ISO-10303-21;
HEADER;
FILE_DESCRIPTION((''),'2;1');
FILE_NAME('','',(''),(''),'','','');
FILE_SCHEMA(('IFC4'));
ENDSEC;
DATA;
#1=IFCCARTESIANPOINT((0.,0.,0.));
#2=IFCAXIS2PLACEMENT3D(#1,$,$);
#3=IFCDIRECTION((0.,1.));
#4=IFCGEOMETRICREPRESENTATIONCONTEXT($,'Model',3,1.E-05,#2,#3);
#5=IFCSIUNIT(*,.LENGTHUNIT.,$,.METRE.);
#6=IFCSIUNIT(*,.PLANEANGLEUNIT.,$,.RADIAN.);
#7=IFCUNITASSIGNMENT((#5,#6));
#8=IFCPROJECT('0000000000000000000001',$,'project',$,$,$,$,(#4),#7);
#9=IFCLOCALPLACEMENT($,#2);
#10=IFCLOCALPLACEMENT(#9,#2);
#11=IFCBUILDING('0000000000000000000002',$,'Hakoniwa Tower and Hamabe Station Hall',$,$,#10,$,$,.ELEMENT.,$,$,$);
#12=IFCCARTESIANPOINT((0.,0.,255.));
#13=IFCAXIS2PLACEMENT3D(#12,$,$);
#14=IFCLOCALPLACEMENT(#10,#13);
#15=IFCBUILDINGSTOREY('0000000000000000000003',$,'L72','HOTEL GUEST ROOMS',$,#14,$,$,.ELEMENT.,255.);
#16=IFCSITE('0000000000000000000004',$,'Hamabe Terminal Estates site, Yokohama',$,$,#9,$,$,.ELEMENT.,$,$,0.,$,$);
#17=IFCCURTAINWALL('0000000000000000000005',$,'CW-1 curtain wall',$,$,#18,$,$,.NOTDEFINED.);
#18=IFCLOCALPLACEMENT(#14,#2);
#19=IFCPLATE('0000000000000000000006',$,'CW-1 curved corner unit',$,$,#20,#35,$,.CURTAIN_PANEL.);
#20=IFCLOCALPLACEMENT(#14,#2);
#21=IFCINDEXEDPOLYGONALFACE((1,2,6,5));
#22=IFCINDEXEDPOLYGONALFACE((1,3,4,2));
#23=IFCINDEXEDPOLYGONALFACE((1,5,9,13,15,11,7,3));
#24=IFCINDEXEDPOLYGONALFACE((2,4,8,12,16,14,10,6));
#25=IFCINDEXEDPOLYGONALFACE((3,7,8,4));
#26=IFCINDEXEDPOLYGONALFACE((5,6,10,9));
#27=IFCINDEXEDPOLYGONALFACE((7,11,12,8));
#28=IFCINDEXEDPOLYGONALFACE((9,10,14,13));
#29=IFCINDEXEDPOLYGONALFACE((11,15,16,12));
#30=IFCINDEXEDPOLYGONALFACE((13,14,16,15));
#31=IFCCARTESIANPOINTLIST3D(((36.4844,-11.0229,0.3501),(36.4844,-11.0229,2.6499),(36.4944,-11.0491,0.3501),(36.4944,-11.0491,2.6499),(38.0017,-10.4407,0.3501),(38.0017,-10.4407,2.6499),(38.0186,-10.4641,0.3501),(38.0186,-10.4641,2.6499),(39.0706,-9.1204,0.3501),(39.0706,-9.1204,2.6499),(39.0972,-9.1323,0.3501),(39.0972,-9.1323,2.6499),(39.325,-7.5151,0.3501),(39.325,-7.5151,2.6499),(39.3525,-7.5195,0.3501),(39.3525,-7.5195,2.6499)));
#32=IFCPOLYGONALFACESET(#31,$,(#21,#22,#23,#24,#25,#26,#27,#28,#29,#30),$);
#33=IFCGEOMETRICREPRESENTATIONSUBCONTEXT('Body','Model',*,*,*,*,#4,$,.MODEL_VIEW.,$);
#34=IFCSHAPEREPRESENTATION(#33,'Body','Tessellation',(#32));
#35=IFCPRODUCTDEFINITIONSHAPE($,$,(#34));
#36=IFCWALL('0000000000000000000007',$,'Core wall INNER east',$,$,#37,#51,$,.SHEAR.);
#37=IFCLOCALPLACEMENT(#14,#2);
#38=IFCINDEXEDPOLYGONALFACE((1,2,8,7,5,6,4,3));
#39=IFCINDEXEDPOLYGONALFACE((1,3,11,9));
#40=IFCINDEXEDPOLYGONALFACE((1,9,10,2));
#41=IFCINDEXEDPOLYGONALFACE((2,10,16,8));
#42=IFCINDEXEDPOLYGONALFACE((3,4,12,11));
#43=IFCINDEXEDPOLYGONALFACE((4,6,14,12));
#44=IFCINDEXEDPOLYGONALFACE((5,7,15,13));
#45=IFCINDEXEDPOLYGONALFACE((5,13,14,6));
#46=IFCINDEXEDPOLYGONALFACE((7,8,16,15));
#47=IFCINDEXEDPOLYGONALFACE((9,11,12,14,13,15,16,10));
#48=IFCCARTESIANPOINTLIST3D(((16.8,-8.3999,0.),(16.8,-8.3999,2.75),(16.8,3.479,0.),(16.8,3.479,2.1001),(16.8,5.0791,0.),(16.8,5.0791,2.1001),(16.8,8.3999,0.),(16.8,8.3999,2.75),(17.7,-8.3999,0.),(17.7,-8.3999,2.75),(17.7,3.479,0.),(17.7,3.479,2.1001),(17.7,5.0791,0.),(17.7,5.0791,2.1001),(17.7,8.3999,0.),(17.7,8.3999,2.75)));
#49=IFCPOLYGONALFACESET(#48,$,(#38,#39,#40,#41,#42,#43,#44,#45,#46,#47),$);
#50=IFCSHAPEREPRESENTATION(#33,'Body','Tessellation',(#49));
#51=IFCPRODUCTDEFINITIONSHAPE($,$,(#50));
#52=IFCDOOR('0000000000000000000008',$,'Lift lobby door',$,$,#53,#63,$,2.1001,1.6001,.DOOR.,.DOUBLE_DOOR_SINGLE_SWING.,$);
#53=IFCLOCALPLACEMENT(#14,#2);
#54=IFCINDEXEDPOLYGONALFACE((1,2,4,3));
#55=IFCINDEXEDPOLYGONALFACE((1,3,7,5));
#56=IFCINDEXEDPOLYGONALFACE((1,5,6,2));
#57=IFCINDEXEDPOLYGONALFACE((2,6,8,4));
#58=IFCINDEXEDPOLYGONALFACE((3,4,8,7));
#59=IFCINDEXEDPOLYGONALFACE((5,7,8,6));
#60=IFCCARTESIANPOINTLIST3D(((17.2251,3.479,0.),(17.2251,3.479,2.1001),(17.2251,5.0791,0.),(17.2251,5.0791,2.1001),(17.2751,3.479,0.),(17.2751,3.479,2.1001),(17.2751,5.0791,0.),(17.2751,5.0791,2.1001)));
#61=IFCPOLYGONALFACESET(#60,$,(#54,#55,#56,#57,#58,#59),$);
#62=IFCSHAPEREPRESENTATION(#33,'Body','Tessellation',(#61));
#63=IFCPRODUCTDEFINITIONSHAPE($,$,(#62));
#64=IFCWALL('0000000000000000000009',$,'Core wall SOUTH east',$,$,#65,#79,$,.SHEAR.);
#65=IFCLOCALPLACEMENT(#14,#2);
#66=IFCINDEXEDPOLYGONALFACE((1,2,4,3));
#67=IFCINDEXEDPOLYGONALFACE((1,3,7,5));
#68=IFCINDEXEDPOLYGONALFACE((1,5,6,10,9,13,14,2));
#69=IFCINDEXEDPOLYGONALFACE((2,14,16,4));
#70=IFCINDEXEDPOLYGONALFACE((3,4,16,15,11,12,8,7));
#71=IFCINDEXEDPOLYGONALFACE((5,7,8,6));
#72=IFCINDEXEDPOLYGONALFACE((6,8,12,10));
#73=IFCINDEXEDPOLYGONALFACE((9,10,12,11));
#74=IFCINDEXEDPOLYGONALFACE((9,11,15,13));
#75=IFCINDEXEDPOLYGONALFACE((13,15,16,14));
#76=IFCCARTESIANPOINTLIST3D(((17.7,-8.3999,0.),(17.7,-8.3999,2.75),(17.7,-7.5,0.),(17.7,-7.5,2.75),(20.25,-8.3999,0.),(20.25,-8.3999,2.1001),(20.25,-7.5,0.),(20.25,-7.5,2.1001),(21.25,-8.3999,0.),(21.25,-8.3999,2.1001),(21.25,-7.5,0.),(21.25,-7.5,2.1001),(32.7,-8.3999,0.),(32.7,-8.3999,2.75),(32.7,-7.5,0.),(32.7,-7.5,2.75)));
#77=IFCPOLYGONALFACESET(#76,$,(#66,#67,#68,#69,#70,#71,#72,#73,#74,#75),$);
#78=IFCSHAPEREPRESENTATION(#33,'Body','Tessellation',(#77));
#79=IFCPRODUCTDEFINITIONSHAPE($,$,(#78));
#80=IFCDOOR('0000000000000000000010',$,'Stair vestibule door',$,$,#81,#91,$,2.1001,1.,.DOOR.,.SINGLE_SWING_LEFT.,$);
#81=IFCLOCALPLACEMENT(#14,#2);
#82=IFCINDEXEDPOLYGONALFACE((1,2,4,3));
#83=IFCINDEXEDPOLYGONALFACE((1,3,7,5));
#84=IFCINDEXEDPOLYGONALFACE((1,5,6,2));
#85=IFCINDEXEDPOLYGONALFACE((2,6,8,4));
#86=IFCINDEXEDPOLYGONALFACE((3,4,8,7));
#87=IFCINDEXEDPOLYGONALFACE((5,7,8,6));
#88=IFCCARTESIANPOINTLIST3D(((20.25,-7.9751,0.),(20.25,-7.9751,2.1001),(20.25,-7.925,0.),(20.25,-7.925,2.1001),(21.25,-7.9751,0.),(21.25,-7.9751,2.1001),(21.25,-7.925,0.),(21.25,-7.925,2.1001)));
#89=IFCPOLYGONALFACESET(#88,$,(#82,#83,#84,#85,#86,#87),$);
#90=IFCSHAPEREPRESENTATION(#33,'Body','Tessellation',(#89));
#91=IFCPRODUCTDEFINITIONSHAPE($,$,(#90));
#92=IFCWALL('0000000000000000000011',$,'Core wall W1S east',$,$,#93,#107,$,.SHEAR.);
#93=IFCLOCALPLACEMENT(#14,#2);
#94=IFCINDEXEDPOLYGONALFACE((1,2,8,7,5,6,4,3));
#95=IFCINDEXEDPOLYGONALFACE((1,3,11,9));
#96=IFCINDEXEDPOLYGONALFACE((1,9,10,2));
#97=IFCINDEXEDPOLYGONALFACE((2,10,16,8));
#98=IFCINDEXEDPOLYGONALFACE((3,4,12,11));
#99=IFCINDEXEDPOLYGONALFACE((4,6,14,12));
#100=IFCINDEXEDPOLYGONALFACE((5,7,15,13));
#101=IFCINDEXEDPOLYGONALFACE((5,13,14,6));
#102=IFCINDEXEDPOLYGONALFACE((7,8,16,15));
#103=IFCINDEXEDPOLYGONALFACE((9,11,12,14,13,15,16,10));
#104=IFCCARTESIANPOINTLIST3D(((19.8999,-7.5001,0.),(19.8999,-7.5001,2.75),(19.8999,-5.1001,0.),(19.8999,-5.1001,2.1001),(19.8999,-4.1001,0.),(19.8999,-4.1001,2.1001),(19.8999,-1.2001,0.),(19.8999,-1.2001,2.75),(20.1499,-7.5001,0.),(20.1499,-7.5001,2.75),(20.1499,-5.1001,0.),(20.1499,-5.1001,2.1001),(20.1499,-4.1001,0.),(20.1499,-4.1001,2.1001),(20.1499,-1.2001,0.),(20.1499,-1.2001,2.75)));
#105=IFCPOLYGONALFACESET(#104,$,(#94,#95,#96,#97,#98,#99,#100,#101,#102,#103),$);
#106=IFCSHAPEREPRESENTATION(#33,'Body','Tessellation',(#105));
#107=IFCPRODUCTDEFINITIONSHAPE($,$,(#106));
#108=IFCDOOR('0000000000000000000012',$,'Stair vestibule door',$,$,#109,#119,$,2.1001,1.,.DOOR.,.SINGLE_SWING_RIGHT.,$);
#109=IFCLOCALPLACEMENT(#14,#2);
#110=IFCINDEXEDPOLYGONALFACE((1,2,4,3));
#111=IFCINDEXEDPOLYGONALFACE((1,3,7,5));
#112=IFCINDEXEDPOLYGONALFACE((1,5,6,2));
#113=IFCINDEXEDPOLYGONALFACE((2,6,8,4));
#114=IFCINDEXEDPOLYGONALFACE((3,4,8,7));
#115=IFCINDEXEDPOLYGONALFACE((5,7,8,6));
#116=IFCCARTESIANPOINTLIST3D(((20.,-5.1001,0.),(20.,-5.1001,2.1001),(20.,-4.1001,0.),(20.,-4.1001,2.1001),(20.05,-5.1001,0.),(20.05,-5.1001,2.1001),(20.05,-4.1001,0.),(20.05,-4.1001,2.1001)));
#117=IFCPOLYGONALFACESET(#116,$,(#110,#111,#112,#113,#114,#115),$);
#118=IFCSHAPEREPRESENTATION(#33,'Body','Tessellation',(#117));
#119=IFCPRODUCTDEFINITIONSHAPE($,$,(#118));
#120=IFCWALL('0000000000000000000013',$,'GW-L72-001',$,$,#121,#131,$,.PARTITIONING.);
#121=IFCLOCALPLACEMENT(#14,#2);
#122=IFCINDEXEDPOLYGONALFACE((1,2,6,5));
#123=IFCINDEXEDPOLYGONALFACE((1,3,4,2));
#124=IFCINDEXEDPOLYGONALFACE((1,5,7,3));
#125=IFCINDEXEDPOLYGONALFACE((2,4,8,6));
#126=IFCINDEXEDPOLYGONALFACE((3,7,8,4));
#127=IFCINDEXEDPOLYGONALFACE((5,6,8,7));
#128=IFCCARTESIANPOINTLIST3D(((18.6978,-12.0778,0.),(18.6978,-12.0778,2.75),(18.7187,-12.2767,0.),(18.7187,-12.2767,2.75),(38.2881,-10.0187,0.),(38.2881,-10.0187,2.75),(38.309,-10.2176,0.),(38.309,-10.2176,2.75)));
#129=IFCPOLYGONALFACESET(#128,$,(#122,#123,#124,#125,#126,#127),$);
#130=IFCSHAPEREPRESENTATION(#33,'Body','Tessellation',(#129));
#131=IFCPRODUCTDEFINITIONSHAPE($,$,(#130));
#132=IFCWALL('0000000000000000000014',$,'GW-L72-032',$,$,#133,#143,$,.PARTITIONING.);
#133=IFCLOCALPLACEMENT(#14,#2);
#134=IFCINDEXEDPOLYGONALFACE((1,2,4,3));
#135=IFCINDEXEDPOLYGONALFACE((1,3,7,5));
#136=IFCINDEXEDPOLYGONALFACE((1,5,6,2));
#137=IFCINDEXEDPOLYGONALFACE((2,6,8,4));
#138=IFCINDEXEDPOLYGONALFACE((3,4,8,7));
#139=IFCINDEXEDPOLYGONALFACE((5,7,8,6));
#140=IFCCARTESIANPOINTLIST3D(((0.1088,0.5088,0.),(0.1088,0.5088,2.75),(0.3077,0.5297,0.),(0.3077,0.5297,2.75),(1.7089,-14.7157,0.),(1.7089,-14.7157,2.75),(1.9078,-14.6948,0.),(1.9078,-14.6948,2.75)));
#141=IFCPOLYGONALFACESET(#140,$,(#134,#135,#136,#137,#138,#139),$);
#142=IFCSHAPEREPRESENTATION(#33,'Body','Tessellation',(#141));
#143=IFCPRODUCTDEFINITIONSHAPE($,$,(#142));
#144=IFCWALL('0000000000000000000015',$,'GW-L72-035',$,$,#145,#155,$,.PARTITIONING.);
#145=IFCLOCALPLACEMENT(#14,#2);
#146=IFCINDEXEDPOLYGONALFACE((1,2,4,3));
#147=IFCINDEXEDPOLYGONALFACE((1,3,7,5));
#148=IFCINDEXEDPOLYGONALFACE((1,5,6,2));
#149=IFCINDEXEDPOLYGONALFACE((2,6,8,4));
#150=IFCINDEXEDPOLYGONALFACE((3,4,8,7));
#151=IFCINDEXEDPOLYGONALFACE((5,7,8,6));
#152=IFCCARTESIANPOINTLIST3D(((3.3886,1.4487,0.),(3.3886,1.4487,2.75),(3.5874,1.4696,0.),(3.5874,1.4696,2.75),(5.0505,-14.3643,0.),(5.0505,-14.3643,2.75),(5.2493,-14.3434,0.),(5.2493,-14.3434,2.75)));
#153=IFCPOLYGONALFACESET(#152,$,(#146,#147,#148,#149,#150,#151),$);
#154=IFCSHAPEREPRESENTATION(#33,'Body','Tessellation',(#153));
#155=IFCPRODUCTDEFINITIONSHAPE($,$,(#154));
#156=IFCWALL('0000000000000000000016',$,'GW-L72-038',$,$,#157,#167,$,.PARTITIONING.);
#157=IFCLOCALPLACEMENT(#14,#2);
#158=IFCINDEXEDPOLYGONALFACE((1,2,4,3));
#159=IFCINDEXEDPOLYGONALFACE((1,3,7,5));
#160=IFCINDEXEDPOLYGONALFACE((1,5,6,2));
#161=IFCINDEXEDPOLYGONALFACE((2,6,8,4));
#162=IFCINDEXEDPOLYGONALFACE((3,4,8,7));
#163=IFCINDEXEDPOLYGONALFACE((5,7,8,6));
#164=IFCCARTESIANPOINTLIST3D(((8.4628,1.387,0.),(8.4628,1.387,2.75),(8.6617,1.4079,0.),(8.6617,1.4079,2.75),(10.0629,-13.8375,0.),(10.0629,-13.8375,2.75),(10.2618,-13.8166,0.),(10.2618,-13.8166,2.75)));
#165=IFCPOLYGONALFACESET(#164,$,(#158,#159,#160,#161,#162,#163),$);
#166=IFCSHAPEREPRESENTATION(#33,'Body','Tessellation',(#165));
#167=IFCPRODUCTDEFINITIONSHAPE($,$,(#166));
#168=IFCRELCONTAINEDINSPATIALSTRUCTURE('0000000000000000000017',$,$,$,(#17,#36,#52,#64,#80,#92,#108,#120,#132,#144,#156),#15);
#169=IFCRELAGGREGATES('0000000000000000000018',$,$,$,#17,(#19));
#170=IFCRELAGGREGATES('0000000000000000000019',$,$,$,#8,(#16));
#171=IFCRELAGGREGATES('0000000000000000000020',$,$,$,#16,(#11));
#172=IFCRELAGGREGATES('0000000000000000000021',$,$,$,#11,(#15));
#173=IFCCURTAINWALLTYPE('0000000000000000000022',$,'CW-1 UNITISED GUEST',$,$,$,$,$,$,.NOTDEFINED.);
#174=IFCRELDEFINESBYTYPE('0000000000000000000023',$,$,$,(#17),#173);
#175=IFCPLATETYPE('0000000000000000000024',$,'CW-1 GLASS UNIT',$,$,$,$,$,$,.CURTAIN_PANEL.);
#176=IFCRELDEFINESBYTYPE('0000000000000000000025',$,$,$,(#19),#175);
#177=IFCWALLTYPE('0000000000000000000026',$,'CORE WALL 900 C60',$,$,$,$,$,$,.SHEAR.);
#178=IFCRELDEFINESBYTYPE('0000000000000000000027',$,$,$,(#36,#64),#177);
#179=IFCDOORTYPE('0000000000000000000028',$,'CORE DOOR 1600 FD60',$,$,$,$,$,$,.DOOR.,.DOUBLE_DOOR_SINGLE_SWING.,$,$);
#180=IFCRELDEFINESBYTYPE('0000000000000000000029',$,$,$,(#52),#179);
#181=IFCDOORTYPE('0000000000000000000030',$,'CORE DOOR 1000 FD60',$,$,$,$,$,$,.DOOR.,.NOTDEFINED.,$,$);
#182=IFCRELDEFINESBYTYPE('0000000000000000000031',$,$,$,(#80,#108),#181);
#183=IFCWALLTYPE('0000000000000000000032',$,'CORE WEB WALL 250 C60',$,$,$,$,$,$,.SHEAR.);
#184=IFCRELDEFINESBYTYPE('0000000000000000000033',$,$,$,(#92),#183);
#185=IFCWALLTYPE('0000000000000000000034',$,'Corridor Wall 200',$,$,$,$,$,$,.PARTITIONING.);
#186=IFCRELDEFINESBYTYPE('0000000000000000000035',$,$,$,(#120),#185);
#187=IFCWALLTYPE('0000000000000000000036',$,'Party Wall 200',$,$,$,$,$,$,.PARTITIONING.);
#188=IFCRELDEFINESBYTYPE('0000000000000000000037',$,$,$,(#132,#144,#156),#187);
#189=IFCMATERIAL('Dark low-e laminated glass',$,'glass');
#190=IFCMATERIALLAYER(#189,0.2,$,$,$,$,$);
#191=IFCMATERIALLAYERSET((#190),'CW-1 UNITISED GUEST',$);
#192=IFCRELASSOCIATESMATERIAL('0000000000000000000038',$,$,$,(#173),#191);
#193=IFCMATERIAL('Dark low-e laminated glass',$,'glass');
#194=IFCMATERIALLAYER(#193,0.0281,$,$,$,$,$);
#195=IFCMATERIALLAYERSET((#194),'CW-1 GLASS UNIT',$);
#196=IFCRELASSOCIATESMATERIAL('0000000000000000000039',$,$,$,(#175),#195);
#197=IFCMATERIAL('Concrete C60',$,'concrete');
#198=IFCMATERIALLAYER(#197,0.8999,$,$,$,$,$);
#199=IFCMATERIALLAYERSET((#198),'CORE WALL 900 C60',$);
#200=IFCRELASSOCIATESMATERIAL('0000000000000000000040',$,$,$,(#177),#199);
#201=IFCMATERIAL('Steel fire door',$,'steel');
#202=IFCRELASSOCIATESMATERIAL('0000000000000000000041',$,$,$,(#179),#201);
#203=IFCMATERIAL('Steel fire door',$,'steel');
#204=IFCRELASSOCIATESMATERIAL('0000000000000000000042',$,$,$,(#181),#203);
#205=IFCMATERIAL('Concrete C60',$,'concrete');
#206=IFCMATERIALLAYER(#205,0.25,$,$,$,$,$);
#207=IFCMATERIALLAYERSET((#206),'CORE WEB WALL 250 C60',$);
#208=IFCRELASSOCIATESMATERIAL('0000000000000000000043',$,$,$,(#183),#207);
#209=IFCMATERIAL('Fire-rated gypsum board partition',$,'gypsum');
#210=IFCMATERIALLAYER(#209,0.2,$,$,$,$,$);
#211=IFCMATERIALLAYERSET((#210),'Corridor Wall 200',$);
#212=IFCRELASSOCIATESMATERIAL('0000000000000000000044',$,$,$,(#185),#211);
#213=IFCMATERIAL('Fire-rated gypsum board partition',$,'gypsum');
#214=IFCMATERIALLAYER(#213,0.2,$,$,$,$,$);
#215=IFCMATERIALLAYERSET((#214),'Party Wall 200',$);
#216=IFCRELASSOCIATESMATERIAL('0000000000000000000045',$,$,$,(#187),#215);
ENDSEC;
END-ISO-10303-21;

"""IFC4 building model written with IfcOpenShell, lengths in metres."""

from ifc_helpers import new_model, si_unit, direction, frame, frame_2d, origin, place, context, subcontext, project, spatial, polyline, rectangle, outline, extrude, material, layer, layer_set, type_object, element, fill, aggregate, save


model = new_model("IFC4")

# Units and contexts
model_context = context("Model", 3, precision=1e-05, world=origin(), true_north=direction((0.0, 1.0)))
body_context = subcontext(model_context, "Body", "Model", "MODEL_VIEW")
ifc_project = project(units=[si_unit("LENGTHUNIT", "METRE"), si_unit("PLANEANGLEUNIT", "RADIAN")], contexts=[model_context])

# Site, building, storey
site_placement = place(None, origin())
site = spatial("IfcSite", under=ifc_project, at=site_placement, Name="Hamabe Terminal Estates site, Yokohama", CompositionType="ELEMENT", RefElevation=0.0)
building_placement = place(site_placement, origin())
building = spatial("IfcBuilding", under=site, at=building_placement, Name="Hakoniwa Tower and Hamabe Station Hall", CompositionType="ELEMENT")
storey_placement = place(building_placement, frame((0.0, 0.0, 255.0)))
storey = spatial("IfcBuildingStorey", under=building, at=storey_placement, Name="L72", Description="HOTEL GUEST ROOMS", CompositionType="ELEMENT", Elevation=255.0)

# Curtain wall
ifc_material_1 = material(Name="Dark low-e laminated glass", Category="glass")
ifc_layer_1 = layer(ifc_material_1, 0.2)
ifc_layer_set_1 = layer_set([ifc_layer_1], Name="CW-1 UNITISED GUEST")
curtain_wall_type = type_object("IfcCurtainWallType", Name="CW-1 UNITISED GUEST", PredefinedType="NOTDEFINED", material=ifc_layer_set_1)
curtain_wall_1_placement = place(storey_placement, origin())
curtain_wall_1 = element("IfcCurtainWall", 1, at=curtain_wall_1_placement, inside=storey, type_object=curtain_wall_type, Name="CW-1 curtain wall", PredefinedType="NOTDEFINED")

# Plate
ifc_material_2 = material(Name="Dark low-e laminated glass", Category="glass")
ifc_layer_2 = layer(ifc_material_2, 0.0281)
ifc_layer_set_2 = layer_set([ifc_layer_2], Name="CW-1 GLASS UNIT")
plate_type = type_object("IfcPlateType", Name="CW-1 GLASS UNIT", PredefinedType="CURTAIN_PANEL", material=ifc_layer_set_2)
plate_1_placement = place(storey_placement, frame((0.0, 0.0, 0.3501)))
plate_1 = element("IfcPlate", 2, at=plate_1_placement, type_object=plate_type, Name="CW-1 curved corner unit", PredefinedType="CURTAIN_PANEL", context=body_context, shape_type="SweptSolid", body=[
    extrude(outline(polyline([(36.4944, -11.0491), (38.0186, -10.4641), (39.0972, -9.1323), (39.3525, -7.5195), (39.325, -7.5151), (39.0706, -9.1204), (38.0017, -10.4407), (36.4844, -11.0229), (36.4944, -11.0491)])), origin(), (0.0, 0.0, 1.0), 2.2998),
])
aggregate(curtain_wall_1, [plate_1])

# Walls, openings, doors
ifc_material_3 = material(Name="Concrete C60", Category="concrete")
ifc_layer_3 = layer(ifc_material_3, 0.8999)
ifc_layer_set_3 = layer_set([ifc_layer_3], Name="CORE WALL 900 C60")
wall_type_1 = type_object("IfcWallType", Name="CORE WALL 900 C60", PredefinedType="SHEAR", material=ifc_layer_set_3)
wall_1_placement = place(storey_placement, frame((17.25, -8.3999, 0.0), z_axis=(0.0, 0.0, 1.0), x_axis=(0.0, 1.0, 0.0)))
wall_1 = element("IfcWall", 3, at=wall_1_placement, inside=storey, type_object=wall_type_1, Name="Core wall INNER east", PredefinedType="SHEAR", context=body_context, shape_type="SweptSolid", body=[
    extrude(rectangle(XDim=16.7998, YDim=0.8999, at=frame_2d((8.3999, 0.0))), origin(), (0.0, 0.0, 1.0), 2.75),
])
opening_1_placement = place(wall_1_placement, frame((11.8789, 0.0, 0.0)))
opening_1 = element("IfcOpeningElement", 4, at=opening_1_placement, cuts=wall_1, PredefinedType="OPENING", context=body_context, shape_type="SweptSolid", body=[
    extrude(rectangle(XDim=1.6001, YDim=2.1001, at=frame_2d((0.8, 1.05))), frame((0.0, 0.46, 0.0), z_axis=(0.0, -1.0, 0.0), x_axis=(1.0, 0.0, 0.0)), (0.0, 0.0, 1.0), 0.9199),
])
ifc_material_4 = material(Name="Steel fire door", Category="steel")
door_type_1 = type_object("IfcDoorType", Name="CORE DOOR 1600 FD60", OperationType="DOUBLE_DOOR_SINGLE_SWING", PredefinedType="DOOR", material=ifc_material_4)
door_1_placement = place(opening_1_placement, origin())
door_1 = element("IfcDoor", 5, at=door_1_placement, inside=storey, type_object=door_type_1, Name="Lift lobby door", OperationType="DOUBLE_DOOR_SINGLE_SWING", OverallHeight=2.1001, OverallWidth=1.6001, PredefinedType="DOOR", context=body_context, shape_type="SweptSolid", body=[
    extrude(rectangle(XDim=1.6001, YDim=2.1001, at=frame_2d((0.8, 1.05))), frame((0.0, 0.0249, 0.0), z_axis=(0.0, -1.0, 0.0), x_axis=(1.0, 0.0, 0.0)), (0.0, 0.0, 1.0), 0.05),
])
fill(opening_1, door_1)
wall_2_placement = place(storey_placement, frame((17.7, -7.95, 0.0), z_axis=(0.0, 0.0, 1.0), x_axis=(1.0, 0.0, 0.0)))
wall_2 = element("IfcWall", 6, at=wall_2_placement, inside=storey, type_object=wall_type_1, Name="Core wall SOUTH east", PredefinedType="SHEAR", context=body_context, shape_type="SweptSolid", body=[
    extrude(rectangle(XDim=15.0, YDim=0.8999, at=frame_2d((7.5, 0.0))), origin(), (0.0, 0.0, 1.0), 2.75),
])
opening_2_placement = place(wall_2_placement, frame((2.55, 0.0, 0.0)))
opening_2 = element("IfcOpeningElement", 7, at=opening_2_placement, cuts=wall_2, PredefinedType="OPENING", context=body_context, shape_type="SweptSolid", body=[
    extrude(rectangle(XDim=1.0, YDim=2.1001, at=frame_2d((0.5, 1.05))), frame((0.0, 0.46, 0.0), z_axis=(0.0, -1.0, 0.0), x_axis=(1.0, 0.0, 0.0)), (0.0, 0.0, 1.0), 0.9199),
])
ifc_material_5 = material(Name="Steel fire door", Category="steel")
door_type_2 = type_object("IfcDoorType", Name="CORE DOOR 1000 FD60", OperationType="NOTDEFINED", PredefinedType="DOOR", material=ifc_material_5)
door_2_placement = place(opening_2_placement, origin())
door_2 = element("IfcDoor", 8, at=door_2_placement, inside=storey, type_object=door_type_2, Name="Stair vestibule door", OperationType="SINGLE_SWING_LEFT", OverallHeight=2.1001, OverallWidth=1.0, PredefinedType="DOOR", context=body_context, shape_type="SweptSolid", body=[
    extrude(rectangle(XDim=1.0, YDim=2.1001, at=frame_2d((0.5, 1.05))), frame((0.0, 0.0249, 0.0), z_axis=(0.0, -1.0, 0.0), x_axis=(1.0, 0.0, 0.0)), (0.0, 0.0, 1.0), 0.05),
])
fill(opening_2, door_2)
ifc_material_6 = material(Name="Concrete C60", Category="concrete")
ifc_layer_4 = layer(ifc_material_6, 0.25)
ifc_layer_set_4 = layer_set([ifc_layer_4], Name="CORE WEB WALL 250 C60")
wall_type_2 = type_object("IfcWallType", Name="CORE WEB WALL 250 C60", PredefinedType="SHEAR", material=ifc_layer_set_4)
wall_3_placement = place(storey_placement, frame((20.0249, -7.5, 0.0), z_axis=(0.0, 0.0, 1.0), x_axis=(0.0, 1.0, 0.0)))
wall_3 = element("IfcWall", 9, at=wall_3_placement, inside=storey, type_object=wall_type_2, Name="Core wall W1S east", PredefinedType="SHEAR", context=body_context, shape_type="SweptSolid", body=[
    extrude(rectangle(XDim=6.3, YDim=0.25, at=frame_2d((3.1499, 0.0))), origin(), (0.0, 0.0, 1.0), 2.75),
])
opening_3_placement = place(wall_3_placement, frame((2.3999, 0.0, 0.0)))
opening_3 = element("IfcOpeningElement", 10, at=opening_3_placement, cuts=wall_3, PredefinedType="OPENING", context=body_context, shape_type="SweptSolid", body=[
    extrude(rectangle(XDim=1.0, YDim=2.1001, at=frame_2d((0.5, 1.05))), frame((0.0, 0.135, 0.0), z_axis=(0.0, -1.0, 0.0), x_axis=(1.0, 0.0, 0.0)), (0.0, 0.0, 1.0), 0.27),
])
door_3_placement = place(opening_3_placement, origin())
door_3 = element("IfcDoor", 11, at=door_3_placement, inside=storey, type_object=door_type_2, Name="Stair vestibule door", OperationType="SINGLE_SWING_RIGHT", OverallHeight=2.1001, OverallWidth=1.0, PredefinedType="DOOR", context=body_context, shape_type="SweptSolid", body=[
    extrude(rectangle(XDim=1.0, YDim=2.1001, at=frame_2d((0.5, 1.05))), frame((0.0, 0.0249, 0.0), z_axis=(0.0, -1.0, 0.0), x_axis=(1.0, 0.0, 0.0)), (0.0, 0.0, 1.0), 0.05),
])
fill(opening_3, door_3)

# Walls
ifc_material_7 = material(Name="Fire-rated gypsum board partition", Category="gypsum")
ifc_layer_5 = layer(ifc_material_7, 0.2)
ifc_layer_set_5 = layer_set([ifc_layer_5], Name="Corridor Wall 200")
wall_type_3 = type_object("IfcWallType", Name="Corridor Wall 200", PredefinedType="PARTITIONING", material=ifc_layer_set_5)
wall_4_placement = place(storey_placement, frame((18.7083, -12.1772, 0.0), z_axis=(0.0, 0.0, 1.0), x_axis=(0.994522, 0.104531, 0.0)))
element("IfcWall", 12, at=wall_4_placement, inside=storey, type_object=wall_type_3, Name="GW-L72-001", PredefinedType="PARTITIONING", context=body_context, shape_type="SweptSolid", body=[
    extrude(rectangle(XDim=19.6982, YDim=0.2, at=frame_2d((9.8491, 0.0))), origin(), (0.0, 0.0, 1.0), 2.75),
])
ifc_material_8 = material(Name="Fire-rated gypsum board partition", Category="gypsum")
ifc_layer_6 = layer(ifc_material_8, 0.2)
ifc_layer_set_6 = layer_set([ifc_layer_6], Name="Party Wall 200")
wall_type_4 = type_object("IfcWallType", Name="Party Wall 200", PredefinedType="PARTITIONING", material=ifc_layer_set_6)
wall_5_placement = place(storey_placement, frame((1.8083, -14.7053, 0.0), z_axis=(0.0, 0.0, 1.0), x_axis=(-0.104524, 0.994522, 0.0)))
element("IfcWall", 13, at=wall_5_placement, inside=storey, type_object=wall_type_4, Name="GW-L72-032", PredefinedType="PARTITIONING", context=body_context, shape_type="SweptSolid", body=[
    extrude(rectangle(XDim=15.3083, YDim=0.2, at=frame_2d((7.6543, 0.0))), origin(), (0.0, 0.0, 1.0), 2.75),
])
wall_6_placement = place(storey_placement, frame((5.1499, -14.354, 0.0), z_axis=(0.0, 0.0, 1.0), x_axis=(-0.104519, 0.994523, 0.0)))
element("IfcWall", 14, at=wall_6_placement, inside=storey, type_object=wall_type_4, Name="GW-L72-035", PredefinedType="PARTITIONING", context=body_context, shape_type="SweptSolid", body=[
    extrude(rectangle(XDim=15.9001, YDim=0.2, at=frame_2d((7.9502, 0.0))), origin(), (0.0, 0.0, 1.0), 2.75),
])
wall_7_placement = place(storey_placement, frame((10.1624, -13.8271, 0.0), z_axis=(0.0, 0.0, 1.0), x_axis=(-0.104524, 0.994522, 0.0)))
element("IfcWall", 15, at=wall_7_placement, inside=storey, type_object=wall_type_4, Name="GW-L72-038", PredefinedType="PARTITIONING", context=body_context, shape_type="SweptSolid", body=[
    extrude(rectangle(XDim=15.3083, YDim=0.2, at=frame_2d((7.6543, 0.0))), origin(), (0.0, 0.0, 1.0), 2.75),
])

save(model, "model.ifc")
